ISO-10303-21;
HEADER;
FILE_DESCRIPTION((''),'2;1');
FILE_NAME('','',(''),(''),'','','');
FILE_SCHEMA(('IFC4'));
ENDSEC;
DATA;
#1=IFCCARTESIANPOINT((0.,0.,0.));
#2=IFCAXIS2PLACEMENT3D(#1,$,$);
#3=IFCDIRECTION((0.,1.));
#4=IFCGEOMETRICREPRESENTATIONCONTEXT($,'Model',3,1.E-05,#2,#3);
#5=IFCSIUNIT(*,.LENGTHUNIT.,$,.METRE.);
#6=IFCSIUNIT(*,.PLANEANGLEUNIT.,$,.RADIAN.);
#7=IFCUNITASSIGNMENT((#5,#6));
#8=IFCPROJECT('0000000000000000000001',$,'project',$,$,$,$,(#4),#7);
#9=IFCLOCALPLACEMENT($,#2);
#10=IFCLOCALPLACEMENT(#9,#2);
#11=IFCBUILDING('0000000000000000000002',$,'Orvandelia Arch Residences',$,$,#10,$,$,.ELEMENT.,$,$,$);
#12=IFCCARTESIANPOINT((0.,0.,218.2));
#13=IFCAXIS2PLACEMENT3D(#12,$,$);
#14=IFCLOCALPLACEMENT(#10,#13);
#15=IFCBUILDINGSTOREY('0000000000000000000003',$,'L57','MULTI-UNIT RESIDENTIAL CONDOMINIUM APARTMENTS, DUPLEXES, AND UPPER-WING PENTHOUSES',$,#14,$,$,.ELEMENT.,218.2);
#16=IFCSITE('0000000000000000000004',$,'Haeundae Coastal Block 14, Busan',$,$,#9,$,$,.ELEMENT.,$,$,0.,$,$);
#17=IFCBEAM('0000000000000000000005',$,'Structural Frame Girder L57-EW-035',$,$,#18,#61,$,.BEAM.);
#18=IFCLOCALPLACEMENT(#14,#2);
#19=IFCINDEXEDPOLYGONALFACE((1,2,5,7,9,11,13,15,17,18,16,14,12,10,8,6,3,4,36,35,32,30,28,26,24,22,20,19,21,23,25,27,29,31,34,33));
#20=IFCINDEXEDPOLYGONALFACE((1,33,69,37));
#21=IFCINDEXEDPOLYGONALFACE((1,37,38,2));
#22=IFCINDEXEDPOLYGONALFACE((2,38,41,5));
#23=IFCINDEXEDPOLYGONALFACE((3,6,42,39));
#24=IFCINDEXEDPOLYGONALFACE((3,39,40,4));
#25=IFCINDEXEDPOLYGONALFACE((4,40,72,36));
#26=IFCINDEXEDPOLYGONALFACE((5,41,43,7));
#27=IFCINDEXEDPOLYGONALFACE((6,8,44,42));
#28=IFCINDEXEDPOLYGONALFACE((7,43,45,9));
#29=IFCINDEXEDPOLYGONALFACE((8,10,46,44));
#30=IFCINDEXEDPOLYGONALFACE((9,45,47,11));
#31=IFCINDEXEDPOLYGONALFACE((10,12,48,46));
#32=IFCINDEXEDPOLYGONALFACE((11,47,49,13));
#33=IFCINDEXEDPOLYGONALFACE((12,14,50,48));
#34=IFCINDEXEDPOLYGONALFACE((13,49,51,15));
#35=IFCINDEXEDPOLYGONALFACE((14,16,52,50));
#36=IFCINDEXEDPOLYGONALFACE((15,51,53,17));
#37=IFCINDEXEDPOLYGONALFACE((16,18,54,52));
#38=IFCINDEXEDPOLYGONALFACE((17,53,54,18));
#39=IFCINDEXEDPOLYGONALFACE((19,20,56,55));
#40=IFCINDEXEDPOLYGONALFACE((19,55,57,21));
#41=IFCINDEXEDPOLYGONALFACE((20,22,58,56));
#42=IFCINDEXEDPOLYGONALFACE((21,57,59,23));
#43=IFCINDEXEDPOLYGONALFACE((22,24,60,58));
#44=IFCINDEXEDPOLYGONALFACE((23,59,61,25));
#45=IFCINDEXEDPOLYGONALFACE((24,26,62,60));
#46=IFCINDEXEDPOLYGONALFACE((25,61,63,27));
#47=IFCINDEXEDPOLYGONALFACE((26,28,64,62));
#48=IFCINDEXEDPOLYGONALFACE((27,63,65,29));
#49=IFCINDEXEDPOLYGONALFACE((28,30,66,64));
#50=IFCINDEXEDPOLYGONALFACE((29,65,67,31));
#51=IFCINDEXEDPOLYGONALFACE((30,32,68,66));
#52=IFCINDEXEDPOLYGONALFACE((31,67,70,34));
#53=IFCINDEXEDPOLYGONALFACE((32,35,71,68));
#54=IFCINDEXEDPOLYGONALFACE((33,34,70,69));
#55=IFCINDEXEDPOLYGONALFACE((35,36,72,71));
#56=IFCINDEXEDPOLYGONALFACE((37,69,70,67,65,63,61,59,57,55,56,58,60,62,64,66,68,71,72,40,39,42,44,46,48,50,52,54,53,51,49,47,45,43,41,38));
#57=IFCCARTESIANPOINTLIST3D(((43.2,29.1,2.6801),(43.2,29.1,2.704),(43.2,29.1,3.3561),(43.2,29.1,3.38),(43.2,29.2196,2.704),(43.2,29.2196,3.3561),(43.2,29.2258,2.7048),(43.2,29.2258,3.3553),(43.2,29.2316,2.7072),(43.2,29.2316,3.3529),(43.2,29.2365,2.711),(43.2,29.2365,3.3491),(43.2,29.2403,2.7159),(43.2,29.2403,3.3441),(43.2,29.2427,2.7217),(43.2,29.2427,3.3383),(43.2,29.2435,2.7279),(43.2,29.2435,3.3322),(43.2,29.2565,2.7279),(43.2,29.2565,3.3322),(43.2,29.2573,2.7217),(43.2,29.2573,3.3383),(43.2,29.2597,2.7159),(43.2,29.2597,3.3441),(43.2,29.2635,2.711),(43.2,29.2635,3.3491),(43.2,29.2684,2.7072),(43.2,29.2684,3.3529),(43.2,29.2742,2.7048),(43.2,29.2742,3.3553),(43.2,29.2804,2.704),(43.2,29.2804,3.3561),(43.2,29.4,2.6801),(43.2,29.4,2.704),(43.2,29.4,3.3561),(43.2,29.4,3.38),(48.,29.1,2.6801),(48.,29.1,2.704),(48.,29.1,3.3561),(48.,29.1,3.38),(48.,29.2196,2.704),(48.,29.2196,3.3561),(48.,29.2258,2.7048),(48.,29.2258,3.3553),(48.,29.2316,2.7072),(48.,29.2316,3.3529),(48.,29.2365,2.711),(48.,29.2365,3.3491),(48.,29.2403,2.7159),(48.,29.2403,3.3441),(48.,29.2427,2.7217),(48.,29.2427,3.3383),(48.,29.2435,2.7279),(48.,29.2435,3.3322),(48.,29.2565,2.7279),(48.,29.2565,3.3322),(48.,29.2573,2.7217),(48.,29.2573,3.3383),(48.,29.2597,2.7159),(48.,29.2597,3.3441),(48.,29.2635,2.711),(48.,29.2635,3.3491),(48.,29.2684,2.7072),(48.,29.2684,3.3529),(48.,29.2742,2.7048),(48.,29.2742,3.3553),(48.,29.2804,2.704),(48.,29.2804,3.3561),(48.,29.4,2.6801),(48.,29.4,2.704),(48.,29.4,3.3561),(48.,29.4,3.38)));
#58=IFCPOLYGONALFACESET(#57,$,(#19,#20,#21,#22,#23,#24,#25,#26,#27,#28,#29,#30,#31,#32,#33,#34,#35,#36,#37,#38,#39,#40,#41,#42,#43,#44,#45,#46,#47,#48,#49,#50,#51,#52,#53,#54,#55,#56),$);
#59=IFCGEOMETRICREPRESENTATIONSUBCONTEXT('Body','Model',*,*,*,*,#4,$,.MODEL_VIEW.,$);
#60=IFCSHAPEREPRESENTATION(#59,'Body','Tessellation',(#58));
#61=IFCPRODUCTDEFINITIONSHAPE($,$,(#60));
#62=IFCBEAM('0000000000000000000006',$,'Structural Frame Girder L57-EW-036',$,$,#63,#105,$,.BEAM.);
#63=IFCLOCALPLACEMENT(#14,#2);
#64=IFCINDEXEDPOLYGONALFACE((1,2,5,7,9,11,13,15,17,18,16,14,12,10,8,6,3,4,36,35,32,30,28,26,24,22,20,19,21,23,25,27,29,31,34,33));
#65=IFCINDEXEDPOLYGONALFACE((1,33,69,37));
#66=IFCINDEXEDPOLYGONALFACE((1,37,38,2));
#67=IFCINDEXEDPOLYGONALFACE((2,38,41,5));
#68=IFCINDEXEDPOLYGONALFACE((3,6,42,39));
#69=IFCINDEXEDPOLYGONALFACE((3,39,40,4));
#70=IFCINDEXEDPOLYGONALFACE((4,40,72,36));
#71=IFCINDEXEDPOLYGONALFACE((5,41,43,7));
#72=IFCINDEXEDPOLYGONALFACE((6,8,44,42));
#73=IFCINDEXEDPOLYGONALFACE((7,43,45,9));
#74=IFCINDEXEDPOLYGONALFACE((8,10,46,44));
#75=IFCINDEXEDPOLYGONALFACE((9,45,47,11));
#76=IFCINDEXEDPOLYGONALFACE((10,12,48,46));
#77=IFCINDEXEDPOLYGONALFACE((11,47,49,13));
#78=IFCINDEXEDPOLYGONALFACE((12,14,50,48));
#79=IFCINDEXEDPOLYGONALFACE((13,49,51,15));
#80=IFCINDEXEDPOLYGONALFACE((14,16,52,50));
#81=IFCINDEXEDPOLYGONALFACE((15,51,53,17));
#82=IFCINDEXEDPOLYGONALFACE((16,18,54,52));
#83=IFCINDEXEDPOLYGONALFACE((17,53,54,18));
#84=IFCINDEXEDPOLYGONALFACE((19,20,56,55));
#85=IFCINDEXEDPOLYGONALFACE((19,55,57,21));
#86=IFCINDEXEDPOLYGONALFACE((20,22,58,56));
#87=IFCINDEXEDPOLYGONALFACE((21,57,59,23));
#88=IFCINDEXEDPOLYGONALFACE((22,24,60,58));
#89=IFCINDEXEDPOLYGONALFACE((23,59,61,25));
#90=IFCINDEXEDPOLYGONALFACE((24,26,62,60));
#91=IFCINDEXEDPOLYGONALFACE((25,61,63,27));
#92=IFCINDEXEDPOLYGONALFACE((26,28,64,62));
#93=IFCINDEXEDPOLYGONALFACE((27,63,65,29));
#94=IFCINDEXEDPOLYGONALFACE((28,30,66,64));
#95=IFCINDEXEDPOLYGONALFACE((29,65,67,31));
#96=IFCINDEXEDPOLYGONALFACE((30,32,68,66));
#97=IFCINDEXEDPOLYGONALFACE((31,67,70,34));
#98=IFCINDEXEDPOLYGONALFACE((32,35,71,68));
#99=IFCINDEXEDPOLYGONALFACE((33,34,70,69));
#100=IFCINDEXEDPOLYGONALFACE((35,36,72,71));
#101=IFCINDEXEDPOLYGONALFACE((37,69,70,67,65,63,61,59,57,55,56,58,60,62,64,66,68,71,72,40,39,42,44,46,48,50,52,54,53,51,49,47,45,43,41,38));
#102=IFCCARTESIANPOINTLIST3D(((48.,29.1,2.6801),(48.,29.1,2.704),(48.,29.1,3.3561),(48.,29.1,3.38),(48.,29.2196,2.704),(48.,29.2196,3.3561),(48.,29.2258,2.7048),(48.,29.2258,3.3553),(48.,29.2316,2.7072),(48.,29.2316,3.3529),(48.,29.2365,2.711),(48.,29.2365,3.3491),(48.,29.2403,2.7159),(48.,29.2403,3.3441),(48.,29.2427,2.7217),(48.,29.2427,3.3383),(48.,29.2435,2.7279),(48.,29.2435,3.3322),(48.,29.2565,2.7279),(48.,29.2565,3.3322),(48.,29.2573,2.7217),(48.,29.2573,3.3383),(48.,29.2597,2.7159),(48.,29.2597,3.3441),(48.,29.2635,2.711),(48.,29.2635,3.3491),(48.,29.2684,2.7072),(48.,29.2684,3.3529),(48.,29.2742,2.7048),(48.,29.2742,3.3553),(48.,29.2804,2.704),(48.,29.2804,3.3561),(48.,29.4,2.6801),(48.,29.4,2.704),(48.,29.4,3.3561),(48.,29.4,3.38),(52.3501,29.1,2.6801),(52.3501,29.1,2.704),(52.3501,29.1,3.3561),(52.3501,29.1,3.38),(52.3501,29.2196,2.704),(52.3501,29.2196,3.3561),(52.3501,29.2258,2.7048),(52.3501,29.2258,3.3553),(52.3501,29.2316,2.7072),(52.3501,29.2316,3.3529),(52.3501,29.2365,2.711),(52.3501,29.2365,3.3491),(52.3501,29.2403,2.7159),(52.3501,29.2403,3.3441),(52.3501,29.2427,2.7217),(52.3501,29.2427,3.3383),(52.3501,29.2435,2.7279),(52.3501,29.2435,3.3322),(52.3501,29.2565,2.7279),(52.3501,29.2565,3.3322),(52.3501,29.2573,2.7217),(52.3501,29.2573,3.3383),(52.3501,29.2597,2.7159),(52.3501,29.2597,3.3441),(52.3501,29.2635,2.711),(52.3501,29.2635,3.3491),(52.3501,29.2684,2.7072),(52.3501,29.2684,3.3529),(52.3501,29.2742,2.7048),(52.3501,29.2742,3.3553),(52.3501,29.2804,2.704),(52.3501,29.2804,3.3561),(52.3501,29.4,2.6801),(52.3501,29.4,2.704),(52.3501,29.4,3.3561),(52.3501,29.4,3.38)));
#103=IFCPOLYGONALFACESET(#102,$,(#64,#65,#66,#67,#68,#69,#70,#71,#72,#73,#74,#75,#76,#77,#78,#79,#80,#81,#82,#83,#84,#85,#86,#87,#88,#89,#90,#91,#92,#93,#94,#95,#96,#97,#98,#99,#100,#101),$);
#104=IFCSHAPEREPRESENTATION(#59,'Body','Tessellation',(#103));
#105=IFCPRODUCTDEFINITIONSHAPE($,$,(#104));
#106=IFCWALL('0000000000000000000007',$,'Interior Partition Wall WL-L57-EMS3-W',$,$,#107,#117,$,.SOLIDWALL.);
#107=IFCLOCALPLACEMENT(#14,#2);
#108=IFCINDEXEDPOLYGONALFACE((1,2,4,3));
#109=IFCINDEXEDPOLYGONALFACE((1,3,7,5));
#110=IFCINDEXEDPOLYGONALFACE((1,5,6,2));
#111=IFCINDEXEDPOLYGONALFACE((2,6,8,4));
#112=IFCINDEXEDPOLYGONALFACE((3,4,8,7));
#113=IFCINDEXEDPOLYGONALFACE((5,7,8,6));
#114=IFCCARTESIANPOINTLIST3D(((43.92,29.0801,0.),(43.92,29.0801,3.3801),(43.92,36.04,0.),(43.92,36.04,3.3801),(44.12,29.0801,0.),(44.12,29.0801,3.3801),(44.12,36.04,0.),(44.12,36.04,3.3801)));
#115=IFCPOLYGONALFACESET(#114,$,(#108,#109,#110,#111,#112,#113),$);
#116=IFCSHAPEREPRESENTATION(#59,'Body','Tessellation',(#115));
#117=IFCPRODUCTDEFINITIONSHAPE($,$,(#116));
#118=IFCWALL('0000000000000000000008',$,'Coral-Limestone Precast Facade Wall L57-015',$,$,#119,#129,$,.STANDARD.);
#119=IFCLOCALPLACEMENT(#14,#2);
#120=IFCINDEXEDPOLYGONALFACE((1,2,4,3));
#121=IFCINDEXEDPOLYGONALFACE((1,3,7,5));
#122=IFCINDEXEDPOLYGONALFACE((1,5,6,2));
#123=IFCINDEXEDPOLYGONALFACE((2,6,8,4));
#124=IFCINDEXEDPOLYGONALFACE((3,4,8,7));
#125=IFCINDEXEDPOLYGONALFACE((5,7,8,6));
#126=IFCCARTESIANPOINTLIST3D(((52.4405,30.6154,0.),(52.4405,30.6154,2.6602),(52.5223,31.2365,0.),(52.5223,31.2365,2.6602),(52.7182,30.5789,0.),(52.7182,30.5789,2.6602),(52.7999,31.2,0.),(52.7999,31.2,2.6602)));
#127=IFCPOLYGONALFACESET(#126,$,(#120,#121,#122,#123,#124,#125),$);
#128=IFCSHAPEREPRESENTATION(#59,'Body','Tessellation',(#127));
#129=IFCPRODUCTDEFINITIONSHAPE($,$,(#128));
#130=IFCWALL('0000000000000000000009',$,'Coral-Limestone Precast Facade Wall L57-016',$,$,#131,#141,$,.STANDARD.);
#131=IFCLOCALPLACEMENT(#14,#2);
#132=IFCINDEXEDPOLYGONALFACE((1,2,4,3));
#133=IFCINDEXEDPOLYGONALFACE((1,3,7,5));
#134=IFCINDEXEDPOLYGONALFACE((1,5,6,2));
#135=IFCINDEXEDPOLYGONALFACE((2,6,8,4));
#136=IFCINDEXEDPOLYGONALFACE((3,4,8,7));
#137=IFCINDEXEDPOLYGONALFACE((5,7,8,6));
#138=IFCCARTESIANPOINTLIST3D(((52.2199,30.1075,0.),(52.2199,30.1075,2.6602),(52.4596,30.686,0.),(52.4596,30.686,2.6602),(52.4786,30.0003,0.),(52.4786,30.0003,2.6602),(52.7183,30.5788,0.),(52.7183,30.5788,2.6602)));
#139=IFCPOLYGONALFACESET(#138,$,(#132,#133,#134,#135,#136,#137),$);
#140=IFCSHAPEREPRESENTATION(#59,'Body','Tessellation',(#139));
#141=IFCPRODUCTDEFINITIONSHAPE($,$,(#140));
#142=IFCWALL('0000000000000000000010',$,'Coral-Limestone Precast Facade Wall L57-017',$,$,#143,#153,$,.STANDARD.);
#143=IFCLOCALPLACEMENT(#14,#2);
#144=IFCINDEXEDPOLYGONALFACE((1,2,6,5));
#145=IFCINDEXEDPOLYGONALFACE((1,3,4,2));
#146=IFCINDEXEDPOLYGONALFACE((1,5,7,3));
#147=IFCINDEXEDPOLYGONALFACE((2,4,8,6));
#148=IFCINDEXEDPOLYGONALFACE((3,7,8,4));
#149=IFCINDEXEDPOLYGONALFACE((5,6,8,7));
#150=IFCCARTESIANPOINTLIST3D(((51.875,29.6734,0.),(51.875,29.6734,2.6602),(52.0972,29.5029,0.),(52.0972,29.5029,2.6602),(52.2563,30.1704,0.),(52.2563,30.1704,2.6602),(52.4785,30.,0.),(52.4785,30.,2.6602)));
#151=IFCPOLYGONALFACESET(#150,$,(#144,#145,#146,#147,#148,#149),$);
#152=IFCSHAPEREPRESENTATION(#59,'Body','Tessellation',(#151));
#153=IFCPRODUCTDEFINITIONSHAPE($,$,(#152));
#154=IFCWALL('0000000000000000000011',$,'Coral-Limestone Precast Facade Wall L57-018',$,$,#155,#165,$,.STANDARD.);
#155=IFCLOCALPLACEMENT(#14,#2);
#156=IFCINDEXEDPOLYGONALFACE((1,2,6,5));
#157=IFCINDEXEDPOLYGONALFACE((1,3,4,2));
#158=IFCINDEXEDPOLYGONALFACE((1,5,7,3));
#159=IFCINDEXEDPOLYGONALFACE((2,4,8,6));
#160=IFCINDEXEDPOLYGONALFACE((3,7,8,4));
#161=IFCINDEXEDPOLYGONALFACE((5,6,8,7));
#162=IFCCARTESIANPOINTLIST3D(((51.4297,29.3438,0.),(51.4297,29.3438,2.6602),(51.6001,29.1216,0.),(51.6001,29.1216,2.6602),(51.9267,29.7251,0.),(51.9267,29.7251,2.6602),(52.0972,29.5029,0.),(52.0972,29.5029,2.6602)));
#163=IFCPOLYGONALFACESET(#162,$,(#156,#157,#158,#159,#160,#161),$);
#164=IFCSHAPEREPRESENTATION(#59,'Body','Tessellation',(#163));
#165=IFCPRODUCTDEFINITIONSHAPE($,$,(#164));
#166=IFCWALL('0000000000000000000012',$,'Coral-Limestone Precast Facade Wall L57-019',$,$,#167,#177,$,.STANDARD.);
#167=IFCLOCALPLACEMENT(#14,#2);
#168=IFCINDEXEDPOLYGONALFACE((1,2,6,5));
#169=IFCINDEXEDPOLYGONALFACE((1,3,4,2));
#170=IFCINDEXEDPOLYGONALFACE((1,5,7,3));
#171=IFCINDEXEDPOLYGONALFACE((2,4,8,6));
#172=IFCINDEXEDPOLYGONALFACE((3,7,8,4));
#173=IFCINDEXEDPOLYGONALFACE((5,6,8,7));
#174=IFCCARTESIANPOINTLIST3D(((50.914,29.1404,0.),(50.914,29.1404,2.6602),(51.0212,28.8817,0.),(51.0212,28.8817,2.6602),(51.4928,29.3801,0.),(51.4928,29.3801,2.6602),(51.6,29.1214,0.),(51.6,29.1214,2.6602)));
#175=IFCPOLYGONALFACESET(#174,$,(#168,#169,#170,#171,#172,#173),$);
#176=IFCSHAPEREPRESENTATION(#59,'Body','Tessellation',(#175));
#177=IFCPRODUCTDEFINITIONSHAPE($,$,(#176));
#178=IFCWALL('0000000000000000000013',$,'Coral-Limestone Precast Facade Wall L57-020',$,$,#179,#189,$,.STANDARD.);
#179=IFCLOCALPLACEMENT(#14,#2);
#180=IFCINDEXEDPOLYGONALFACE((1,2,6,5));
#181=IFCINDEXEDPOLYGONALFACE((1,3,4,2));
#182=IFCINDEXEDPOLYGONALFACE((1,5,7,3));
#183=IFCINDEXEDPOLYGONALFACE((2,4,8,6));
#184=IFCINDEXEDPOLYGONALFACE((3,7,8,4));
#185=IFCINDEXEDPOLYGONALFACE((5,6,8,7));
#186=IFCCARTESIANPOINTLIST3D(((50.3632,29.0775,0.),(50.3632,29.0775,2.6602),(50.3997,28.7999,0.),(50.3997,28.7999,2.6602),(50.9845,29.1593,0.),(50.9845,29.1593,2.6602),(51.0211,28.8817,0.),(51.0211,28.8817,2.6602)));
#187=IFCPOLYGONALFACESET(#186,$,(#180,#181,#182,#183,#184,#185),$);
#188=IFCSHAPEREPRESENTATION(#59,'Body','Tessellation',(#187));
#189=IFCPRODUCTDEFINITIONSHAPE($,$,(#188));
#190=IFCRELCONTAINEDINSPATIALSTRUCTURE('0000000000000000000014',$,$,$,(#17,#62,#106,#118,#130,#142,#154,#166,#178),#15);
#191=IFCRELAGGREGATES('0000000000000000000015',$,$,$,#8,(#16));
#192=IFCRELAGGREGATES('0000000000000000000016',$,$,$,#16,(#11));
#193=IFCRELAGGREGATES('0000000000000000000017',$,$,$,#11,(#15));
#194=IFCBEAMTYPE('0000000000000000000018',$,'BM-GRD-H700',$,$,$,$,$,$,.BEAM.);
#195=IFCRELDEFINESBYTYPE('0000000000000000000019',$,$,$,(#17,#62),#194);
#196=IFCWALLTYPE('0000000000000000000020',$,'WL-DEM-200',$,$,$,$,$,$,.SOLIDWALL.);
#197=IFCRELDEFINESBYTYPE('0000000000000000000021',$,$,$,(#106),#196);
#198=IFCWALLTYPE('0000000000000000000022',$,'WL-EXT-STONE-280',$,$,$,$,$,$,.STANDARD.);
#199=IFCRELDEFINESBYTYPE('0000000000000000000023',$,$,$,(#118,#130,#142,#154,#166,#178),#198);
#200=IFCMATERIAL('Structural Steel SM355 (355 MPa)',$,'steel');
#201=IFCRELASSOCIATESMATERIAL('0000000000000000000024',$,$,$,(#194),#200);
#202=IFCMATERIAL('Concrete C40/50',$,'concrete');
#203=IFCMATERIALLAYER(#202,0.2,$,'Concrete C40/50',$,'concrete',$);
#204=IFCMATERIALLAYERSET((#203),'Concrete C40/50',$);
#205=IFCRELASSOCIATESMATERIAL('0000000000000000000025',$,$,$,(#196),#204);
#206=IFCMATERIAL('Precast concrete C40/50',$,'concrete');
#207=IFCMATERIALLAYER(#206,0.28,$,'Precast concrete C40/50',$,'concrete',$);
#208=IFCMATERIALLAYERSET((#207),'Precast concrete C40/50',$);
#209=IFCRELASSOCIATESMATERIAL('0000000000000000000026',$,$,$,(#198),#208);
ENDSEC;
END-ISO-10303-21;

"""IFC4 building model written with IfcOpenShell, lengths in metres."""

from ifc_helpers import new_model, si_unit, direction, frame, frame_2d, origin, origin_2d, place, context, subcontext, project, spatial, rectangle, i_section, extrude, material, layer, layer_set, material_profile, profile_set, type_object, element, save


model = new_model("IFC4")

# Units and contexts
model_context = context("Model", 3, precision=1e-05, world=origin(), true_north=direction((0.0, 1.0)))
body_context = subcontext(model_context, "Body", "Model", "MODEL_VIEW")
ifc_project = project(units=[si_unit("LENGTHUNIT", "METRE"), si_unit("PLANEANGLEUNIT", "RADIAN")], contexts=[model_context])

# Site, building, storey
site_placement = place(None, origin())
site = spatial("IfcSite", under=ifc_project, at=site_placement, Name="Haeundae Coastal Block 14, Busan", CompositionType="ELEMENT", RefElevation=0.0)
building_placement = place(site_placement, origin())
building = spatial("IfcBuilding", under=site, at=building_placement, Name="Orvandelia Arch Residences", CompositionType="ELEMENT")
storey_placement = place(building_placement, frame((0.0, 0.0, 218.2)))
storey = spatial("IfcBuildingStorey", under=building, at=storey_placement, Name="L57", Description="MULTI-UNIT RESIDENTIAL CONDOMINIUM APARTMENTS, DUPLEXES, AND UPPER-WING PENTHOUSES", CompositionType="ELEMENT", Elevation=218.2)

# Beams
ifc_material_1 = material(Name="Structural Steel SM355 (355 MPa)", Category="steel")
ifc_material_profile_1 = material_profile(ifc_material_1, i_section(OverallWidth=0.3, OverallDepth=0.7, WebThickness=0.0129, FlangeThickness=0.0239, FilletRadius=0.0239, at=origin_2d()), Name="Structural Steel SM355 (355 MPa)", Category="steel")
ifc_profile_set_1 = profile_set([ifc_material_profile_1], Name="Structural Steel SM355 (355 MPa)")
beam_type = type_object("IfcBeamType", Name="BM-GRD-H700", PredefinedType="BEAM", material=ifc_profile_set_1)
beam_1_placement = place(storey_placement, frame((43.2, 29.25, 3.03), z_axis=(1.0, 0.0, 0.0), x_axis=(0.0, 1.0, 0.0)))
element("IfcBeam", 1, at=beam_1_placement, inside=storey, type_object=beam_type, Name="Structural Frame Girder L57-EW-035", PredefinedType="BEAM", context=body_context, shape_type="SweptSolid", body=[
    extrude(i_section(OverallWidth=0.3, OverallDepth=0.7, WebThickness=0.0129, FlangeThickness=0.0239, FilletRadius=0.0239, at=origin_2d()), origin(), (0.0, 0.0, 1.0), 4.8),
])
beam_2_placement = place(storey_placement, frame((48.0, 29.25, 3.03), z_axis=(1.0, 0.0, 0.0), x_axis=(0.0, 1.0, 0.0)))
element("IfcBeam", 2, at=beam_2_placement, inside=storey, type_object=beam_type, Name="Structural Frame Girder L57-EW-036", PredefinedType="BEAM", context=body_context, shape_type="SweptSolid", body=[
    extrude(i_section(OverallWidth=0.3, OverallDepth=0.7, WebThickness=0.0129, FlangeThickness=0.0239, FilletRadius=0.0239, at=origin_2d()), origin(), (0.0, 0.0, 1.0), 4.3501),
])

# Walls
ifc_material_2 = material(Name="Concrete C40/50", Category="concrete")
ifc_layer_1 = layer(ifc_material_2, 0.2, Name="Concrete C40/50", Category="concrete")
ifc_layer_set_1 = layer_set([ifc_layer_1], Name="Concrete C40/50")
wall_type_1 = type_object("IfcWallType", Name="WL-DEM-200", PredefinedType="SOLIDWALL", material=ifc_layer_set_1)
wall_1_placement = place(storey_placement, frame((44.02, 29.0801, 0.0), z_axis=(0.0, 0.0, 1.0), x_axis=(0.0, 1.0, 0.0)))
element("IfcWall", 3, at=wall_1_placement, inside=storey, type_object=wall_type_1, Name="Interior Partition Wall WL-L57-EMS3-W", PredefinedType="SOLIDWALL", context=body_context, shape_type="SweptSolid", body=[
    extrude(rectangle(XDim=6.96, YDim=0.2, at=frame_2d((3.48, 0.0))), origin(), (0.0, 0.0, 1.0), 3.3801),
])
ifc_material_3 = material(Name="Precast concrete C40/50", Category="concrete")
ifc_layer_2 = layer(ifc_material_3, 0.28, Name="Precast concrete C40/50", Category="concrete")
ifc_layer_set_2 = layer_set([ifc_layer_2], Name="Precast concrete C40/50")
wall_type_2 = type_object("IfcWallType", Name="WL-EXT-STONE-280", PredefinedType="STANDARD", material=ifc_layer_set_2)
wall_2_placement = place(storey_placement, frame((52.6611, 31.2183, 0.0), z_axis=(0.0, 0.0, 1.0), x_axis=(-0.130555, -0.991441, 0.0)))
element("IfcWall", 4, at=wall_2_placement, inside=storey, type_object=wall_type_2, Name="Coral-Limestone Precast Facade Wall L57-015", PredefinedType="STANDARD", context=body_context, shape_type="SweptSolid", body=[
    extrude(rectangle(XDim=0.6265, YDim=0.28, at=frame_2d((0.3132, 0.0))), origin(), (0.0, 0.0, 1.0), 2.6602),
])
wall_3_placement = place(storey_placement, frame((52.5889, 30.6323, 0.0), z_axis=(0.0, 0.0, 1.0), x_axis=(-0.382788, -0.923836, 0.0)))
element("IfcWall", 5, at=wall_3_placement, inside=storey, type_object=wall_type_2, Name="Coral-Limestone Precast Facade Wall L57-016", PredefinedType="STANDARD", context=body_context, shape_type="SweptSolid", body=[
    extrude(rectangle(XDim=0.6262, YDim=0.28, at=frame_2d((0.313, 0.0))), origin(), (0.0, 0.0, 1.0), 2.6602),
])
for number, where, z_axis, x_axis, name in (
    (6, (52.3674, 30.0852, 0.0), (0.0, 0.0, 1.0), (-0.608693, -0.793406, 0.0), "Coral-Limestone Precast Facade Wall L57-017"),
    (7, (52.012, 29.614, 0.0), (0.0, 0.0, 1.0), (-0.793406, -0.608693, 0.0), "Coral-Limestone Precast Facade Wall L57-018"),
    (8, (51.5464, 29.2507, 0.0), (0.0, 0.0, 1.0), (-0.923893, -0.38265, 0.0), "Coral-Limestone Precast Facade Wall L57-019"),
):
    element("IfcWall", number, at=place(storey_placement, frame(where, z_axis=z_axis, x_axis=x_axis)), inside=storey, type_object=wall_type_2, Name=name, PredefinedType="STANDARD", context=body_context, shape_type="SweptSolid", body=[
        extrude(rectangle(XDim=0.6265, YDim=0.28, at=frame_2d((0.3132, 0.0))), origin(), (0.0, 0.0, 1.0), 2.6602),
    ])
wall_4_placement = place(storey_placement, frame((51.0029, 29.0205, 0.0), z_axis=(0.0, 0.0, 1.0), x_axis=(-0.991448, -0.130505, 0.0)))
element("IfcWall", 9, at=wall_4_placement, inside=storey, type_object=wall_type_2, Name="Coral-Limestone Precast Facade Wall L57-020", PredefinedType="STANDARD", context=body_context, shape_type="SweptSolid", body=[
    extrude(rectangle(XDim=0.6267, YDim=0.28, at=frame_2d((0.3135, 0.0))), origin(), (0.0, 0.0, 1.0), 2.6602),
])

save(model, "model.ifc")
